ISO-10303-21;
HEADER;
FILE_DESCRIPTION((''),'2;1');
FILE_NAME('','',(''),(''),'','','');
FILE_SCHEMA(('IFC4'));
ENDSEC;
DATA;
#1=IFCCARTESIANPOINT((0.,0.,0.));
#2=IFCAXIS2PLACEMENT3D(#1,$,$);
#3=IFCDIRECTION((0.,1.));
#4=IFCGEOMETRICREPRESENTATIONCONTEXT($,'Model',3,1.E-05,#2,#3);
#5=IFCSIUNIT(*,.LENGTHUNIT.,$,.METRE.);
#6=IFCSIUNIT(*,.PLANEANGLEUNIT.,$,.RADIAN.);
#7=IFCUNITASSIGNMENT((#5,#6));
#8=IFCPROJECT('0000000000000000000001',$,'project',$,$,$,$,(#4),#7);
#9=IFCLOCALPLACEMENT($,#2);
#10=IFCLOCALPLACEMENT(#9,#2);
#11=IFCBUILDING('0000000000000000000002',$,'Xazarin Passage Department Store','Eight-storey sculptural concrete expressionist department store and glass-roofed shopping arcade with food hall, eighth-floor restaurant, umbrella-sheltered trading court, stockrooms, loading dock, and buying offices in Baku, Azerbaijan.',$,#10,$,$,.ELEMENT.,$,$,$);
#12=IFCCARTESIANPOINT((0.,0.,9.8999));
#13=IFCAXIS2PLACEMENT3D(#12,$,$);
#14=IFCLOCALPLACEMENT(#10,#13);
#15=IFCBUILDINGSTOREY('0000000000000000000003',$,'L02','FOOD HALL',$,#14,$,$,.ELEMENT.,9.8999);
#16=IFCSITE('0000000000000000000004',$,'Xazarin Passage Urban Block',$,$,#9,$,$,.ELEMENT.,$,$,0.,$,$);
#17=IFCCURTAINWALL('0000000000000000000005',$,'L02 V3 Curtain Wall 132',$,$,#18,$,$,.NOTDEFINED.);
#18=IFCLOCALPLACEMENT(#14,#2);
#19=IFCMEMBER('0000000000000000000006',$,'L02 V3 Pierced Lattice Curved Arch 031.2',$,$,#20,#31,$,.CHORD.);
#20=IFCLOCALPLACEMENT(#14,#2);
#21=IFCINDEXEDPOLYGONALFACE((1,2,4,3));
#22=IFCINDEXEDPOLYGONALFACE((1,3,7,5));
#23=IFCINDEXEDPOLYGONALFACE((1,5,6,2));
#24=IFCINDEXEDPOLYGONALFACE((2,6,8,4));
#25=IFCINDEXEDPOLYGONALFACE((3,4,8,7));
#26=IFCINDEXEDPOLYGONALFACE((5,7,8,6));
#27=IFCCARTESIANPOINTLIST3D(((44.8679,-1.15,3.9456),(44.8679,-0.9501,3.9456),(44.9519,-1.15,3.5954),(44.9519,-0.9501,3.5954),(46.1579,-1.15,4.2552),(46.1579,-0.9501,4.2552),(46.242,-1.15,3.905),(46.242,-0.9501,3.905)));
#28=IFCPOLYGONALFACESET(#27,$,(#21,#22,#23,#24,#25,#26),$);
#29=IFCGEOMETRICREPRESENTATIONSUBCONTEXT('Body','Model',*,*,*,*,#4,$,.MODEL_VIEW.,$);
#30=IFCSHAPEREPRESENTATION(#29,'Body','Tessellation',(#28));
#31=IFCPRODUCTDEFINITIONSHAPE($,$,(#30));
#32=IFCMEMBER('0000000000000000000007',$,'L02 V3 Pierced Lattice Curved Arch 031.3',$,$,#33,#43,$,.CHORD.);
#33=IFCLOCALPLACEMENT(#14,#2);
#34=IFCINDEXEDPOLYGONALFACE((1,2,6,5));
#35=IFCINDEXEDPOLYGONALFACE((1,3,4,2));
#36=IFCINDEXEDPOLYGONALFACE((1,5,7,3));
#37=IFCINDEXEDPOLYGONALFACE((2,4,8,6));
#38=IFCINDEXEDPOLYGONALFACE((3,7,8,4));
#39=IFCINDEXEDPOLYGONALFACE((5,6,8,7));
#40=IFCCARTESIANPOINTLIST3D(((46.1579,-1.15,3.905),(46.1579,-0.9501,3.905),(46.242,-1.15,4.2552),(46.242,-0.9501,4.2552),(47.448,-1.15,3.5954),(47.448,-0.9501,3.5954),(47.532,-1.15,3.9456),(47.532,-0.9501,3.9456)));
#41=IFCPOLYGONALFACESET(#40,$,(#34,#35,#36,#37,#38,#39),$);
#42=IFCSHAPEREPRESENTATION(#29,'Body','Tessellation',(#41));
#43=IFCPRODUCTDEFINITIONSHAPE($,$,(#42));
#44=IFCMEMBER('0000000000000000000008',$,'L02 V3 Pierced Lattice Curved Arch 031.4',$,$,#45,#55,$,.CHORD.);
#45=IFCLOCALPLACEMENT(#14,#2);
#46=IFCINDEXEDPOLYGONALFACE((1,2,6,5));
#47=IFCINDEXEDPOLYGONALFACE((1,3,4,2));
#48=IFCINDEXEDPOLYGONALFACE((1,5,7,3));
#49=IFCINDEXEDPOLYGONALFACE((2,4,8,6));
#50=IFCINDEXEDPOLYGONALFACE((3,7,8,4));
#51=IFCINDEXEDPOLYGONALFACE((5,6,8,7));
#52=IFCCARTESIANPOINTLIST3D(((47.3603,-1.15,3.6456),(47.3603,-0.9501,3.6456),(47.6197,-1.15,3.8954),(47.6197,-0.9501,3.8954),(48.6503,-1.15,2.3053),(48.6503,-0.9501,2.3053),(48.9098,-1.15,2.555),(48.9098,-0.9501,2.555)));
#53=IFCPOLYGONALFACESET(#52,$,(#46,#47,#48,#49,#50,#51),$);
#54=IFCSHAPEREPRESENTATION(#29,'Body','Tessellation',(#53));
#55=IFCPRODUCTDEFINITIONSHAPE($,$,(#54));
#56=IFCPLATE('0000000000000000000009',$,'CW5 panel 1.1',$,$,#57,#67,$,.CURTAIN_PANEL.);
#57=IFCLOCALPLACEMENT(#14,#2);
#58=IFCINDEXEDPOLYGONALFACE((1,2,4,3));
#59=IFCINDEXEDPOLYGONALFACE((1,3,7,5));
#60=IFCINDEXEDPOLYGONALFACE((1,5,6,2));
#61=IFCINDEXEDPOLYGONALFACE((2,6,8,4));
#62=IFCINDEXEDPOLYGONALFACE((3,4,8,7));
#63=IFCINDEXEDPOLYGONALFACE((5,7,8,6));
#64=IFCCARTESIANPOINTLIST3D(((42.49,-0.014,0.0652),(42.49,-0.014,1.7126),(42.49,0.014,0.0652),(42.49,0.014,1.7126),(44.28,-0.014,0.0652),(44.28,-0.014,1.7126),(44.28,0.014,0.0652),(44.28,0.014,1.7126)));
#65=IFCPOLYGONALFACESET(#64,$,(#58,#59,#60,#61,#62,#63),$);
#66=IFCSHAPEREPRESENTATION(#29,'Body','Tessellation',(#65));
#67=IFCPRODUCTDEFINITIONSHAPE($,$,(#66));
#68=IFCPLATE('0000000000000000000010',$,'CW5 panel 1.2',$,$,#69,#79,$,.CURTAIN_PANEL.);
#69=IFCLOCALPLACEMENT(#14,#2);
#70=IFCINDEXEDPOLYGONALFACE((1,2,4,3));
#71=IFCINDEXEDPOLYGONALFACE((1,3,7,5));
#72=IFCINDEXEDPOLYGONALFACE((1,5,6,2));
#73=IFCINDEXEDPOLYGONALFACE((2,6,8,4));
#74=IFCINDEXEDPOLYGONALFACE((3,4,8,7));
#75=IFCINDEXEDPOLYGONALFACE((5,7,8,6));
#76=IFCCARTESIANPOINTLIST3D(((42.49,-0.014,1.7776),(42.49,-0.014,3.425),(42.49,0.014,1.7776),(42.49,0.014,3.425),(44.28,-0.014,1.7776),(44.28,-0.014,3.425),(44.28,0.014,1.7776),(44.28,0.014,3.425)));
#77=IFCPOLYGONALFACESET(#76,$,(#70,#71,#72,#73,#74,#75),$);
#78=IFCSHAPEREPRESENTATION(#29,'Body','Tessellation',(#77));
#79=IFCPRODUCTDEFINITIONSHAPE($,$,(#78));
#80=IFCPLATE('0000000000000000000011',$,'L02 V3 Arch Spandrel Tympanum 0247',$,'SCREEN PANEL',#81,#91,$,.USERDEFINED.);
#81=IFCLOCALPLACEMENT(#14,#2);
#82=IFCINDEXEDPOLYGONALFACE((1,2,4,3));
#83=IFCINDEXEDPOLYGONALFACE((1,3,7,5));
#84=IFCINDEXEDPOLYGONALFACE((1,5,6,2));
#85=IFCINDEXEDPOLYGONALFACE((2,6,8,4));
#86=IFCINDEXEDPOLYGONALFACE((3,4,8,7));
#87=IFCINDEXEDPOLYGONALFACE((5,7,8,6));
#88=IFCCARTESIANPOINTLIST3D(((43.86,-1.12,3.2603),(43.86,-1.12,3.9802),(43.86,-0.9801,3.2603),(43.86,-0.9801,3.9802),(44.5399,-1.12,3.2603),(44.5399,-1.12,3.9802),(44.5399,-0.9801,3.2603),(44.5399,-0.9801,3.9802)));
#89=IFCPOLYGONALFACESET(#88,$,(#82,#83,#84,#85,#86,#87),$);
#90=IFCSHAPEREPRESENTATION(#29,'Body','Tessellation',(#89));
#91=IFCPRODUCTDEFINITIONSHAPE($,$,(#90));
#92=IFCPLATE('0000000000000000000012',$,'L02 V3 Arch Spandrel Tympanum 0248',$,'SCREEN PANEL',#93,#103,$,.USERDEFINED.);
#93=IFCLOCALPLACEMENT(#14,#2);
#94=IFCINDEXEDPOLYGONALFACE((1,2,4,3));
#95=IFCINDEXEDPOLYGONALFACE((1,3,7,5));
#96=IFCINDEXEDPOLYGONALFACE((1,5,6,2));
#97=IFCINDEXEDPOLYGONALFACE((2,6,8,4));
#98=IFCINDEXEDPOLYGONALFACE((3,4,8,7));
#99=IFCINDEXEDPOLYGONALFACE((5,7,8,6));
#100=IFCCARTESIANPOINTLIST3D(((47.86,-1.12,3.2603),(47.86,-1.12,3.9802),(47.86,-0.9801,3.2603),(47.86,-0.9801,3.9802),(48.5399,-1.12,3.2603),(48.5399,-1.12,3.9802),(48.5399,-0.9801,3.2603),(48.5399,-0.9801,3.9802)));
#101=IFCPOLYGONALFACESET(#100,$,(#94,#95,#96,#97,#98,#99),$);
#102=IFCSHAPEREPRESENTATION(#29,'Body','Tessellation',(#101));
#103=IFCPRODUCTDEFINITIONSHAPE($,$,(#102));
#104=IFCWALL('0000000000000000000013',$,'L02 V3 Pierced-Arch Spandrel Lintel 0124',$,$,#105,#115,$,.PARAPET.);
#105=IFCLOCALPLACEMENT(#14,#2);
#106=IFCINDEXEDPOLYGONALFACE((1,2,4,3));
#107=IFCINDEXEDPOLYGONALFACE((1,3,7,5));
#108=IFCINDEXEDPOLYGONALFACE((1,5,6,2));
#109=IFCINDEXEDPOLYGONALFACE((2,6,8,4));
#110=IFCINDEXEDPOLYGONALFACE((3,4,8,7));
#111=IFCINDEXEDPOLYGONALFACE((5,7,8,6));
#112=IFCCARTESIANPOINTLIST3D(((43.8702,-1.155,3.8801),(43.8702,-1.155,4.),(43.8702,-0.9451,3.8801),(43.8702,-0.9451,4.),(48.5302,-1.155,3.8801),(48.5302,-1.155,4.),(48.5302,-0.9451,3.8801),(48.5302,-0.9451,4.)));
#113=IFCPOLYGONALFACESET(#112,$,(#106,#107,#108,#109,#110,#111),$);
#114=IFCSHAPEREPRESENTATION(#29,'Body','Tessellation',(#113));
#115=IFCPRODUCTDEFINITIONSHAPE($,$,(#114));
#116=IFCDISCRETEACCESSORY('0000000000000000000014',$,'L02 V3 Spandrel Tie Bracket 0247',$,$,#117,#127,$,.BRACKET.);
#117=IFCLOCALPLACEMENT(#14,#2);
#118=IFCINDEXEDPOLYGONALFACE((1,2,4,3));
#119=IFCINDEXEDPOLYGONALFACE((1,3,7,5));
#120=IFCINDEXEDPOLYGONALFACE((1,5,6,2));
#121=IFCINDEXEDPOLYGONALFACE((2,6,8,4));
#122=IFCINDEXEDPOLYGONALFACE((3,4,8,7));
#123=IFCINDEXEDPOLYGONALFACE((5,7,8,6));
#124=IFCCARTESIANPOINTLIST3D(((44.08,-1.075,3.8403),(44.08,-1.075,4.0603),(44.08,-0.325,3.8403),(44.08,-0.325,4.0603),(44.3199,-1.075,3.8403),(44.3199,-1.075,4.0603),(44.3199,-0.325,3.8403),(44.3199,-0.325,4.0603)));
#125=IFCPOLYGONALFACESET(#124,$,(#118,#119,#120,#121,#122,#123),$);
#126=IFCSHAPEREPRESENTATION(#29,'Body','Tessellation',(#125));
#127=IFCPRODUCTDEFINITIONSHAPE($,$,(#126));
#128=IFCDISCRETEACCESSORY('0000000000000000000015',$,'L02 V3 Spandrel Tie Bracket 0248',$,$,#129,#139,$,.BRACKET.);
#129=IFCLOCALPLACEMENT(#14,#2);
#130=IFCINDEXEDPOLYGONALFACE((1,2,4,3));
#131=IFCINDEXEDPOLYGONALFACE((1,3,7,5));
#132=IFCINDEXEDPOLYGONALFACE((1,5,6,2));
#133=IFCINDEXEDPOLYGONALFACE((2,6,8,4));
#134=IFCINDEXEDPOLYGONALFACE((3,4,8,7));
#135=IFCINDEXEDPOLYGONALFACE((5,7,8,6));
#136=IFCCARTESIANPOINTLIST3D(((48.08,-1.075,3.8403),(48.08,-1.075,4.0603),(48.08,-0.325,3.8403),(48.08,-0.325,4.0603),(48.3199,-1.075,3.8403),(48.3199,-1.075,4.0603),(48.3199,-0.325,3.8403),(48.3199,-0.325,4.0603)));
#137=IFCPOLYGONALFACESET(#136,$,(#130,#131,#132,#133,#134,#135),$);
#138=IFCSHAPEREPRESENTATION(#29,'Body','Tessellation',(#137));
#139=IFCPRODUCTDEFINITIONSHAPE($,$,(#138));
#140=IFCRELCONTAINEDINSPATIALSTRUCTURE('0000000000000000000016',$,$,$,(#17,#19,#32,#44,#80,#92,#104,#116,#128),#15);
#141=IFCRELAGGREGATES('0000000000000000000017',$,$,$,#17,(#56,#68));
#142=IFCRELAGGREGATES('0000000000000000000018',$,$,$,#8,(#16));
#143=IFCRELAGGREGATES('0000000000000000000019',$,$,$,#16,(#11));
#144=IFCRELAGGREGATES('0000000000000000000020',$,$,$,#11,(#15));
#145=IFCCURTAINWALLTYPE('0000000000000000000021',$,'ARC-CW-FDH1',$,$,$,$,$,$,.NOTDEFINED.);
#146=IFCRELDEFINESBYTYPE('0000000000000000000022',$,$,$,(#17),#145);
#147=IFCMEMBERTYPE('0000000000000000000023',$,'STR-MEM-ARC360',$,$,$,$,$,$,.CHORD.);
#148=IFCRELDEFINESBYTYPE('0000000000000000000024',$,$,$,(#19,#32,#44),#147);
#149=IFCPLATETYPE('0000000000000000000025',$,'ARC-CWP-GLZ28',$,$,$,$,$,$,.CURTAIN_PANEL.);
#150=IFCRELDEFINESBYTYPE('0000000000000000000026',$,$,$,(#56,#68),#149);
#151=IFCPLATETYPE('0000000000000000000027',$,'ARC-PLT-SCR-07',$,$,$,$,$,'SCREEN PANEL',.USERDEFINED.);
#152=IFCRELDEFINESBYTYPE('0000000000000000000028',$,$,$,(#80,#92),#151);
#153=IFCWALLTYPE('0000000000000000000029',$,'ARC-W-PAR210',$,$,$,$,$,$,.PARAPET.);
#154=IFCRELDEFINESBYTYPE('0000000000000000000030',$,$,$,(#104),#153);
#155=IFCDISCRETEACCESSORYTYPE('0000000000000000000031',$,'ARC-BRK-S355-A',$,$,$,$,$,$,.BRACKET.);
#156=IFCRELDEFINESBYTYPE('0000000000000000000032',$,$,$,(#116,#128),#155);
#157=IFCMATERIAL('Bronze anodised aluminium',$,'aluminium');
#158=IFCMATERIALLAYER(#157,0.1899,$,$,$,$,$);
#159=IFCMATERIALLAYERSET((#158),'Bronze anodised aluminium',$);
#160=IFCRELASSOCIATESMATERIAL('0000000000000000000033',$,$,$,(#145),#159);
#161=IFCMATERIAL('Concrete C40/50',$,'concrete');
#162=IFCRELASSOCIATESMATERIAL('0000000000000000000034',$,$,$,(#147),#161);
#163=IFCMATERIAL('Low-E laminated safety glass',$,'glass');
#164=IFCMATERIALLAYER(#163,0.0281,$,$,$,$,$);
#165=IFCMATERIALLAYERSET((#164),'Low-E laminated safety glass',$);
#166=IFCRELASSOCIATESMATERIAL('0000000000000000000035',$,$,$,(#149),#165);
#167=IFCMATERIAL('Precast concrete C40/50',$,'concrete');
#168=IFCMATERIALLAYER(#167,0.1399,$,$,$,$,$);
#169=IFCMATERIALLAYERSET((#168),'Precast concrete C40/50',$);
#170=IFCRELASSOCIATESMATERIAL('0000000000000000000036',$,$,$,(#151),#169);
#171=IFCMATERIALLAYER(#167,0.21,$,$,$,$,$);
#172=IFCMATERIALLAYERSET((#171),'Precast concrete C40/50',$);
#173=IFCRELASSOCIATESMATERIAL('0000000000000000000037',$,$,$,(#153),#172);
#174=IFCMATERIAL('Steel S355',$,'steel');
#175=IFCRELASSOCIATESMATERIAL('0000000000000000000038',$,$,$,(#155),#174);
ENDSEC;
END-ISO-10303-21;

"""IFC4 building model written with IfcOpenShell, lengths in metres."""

from ifc_helpers import new_model, si_unit, direction, frame, frame_2d, origin, origin_2d, place, context, subcontext, project, spatial, rectangle, extrude, material, layer, layer_set, material_profile, profile_set, type_object, element, aggregate, save


model = new_model("IFC4")

# Units and contexts
model_context = context("Model", 3, precision=1e-05, world=origin(), true_north=direction((0.0, 1.0)))
body_context = subcontext(model_context, "Body", "Model", "MODEL_VIEW")
ifc_project = project(units=[si_unit("LENGTHUNIT", "METRE"), si_unit("PLANEANGLEUNIT", "RADIAN")], contexts=[model_context])

# Site, building, storey
site_placement = place(None, origin())
site = spatial("IfcSite", under=ifc_project, at=site_placement, Name="Xazarin Passage Urban Block", CompositionType="ELEMENT", RefElevation=0.0)
building_placement = place(site_placement, origin())
building = spatial("IfcBuilding", under=site, at=building_placement, Name="Xazarin Passage Department Store", Description="Eight-storey sculptural concrete expressionist department store and glass-roofed shopping arcade with food hall, eighth-floor restaurant, umbrella-sheltered trading court, stockrooms, loading dock, and buying offices in Baku, Azerbaijan.", CompositionType="ELEMENT")
storey_placement = place(building_placement, frame((0.0, 0.0, 9.8999)))
storey = spatial("IfcBuildingStorey", under=building, at=storey_placement, Name="L02", Description="FOOD HALL", CompositionType="ELEMENT", Elevation=9.8999)

# Shared definitions
ifc_material_1 = material(Name="Concrete C40/50", Category="concrete")

# Curtain wall
ifc_material_2 = material(Name="Bronze anodised aluminium", Category="aluminium")
ifc_layer_1 = layer(ifc_material_2, 0.1899)
ifc_layer_set_1 = layer_set([ifc_layer_1], Name="Bronze anodised aluminium")
curtain_wall_type = type_object("IfcCurtainWallType", Name="ARC-CW-FDH1", PredefinedType="NOTDEFINED", material=ifc_layer_set_1)
curtain_wall_placement = place(storey_placement, origin())
curtain_wall = element("IfcCurtainWall", 1, at=curtain_wall_placement, inside=storey, type_object=curtain_wall_type, Name="L02 V3 Curtain Wall 132", PredefinedType="NOTDEFINED")

# Members
ifc_material_profile_1 = material_profile(ifc_material_1, rectangle(XDim=0.2, YDim=0.3601, at=origin_2d()), Name="RC 200x360")
ifc_profile_set_1 = profile_set([ifc_material_profile_1], Name="Concrete C40/50")
member_type_1 = type_object("IfcMemberType", Name="STR-MEM-ARC360", PredefinedType="CHORD", material=ifc_profile_set_1)
for number, where, z_axis, x_axis, name in (
    (2, (44.9099, -1.05, 3.7705), (0.972394, 0.0, 0.233345), (0.0, 1.0, 0.0), "L02 V3 Pierced Lattice Curved Arch 031.2"),
    (3, (46.2, -1.05, 4.0801), (0.972394, 0.0, -0.233345), (0.0, 1.0, 0.0), "L02 V3 Pierced Lattice Curved Arch 031.3"),
):
    element("IfcMember", number, at=place(storey_placement, frame(where, z_axis=z_axis, x_axis=x_axis)), inside=storey, type_object=member_type_1, Name=name, PredefinedType="CHORD", context=body_context, shape_type="SweptSolid", body=[
        extrude(rectangle(XDim=0.2, YDim=0.3601, at=origin_2d()), origin(), (0.0, 0.0, 1.0), 1.3267),
    ])
member_1_placement = place(storey_placement, frame((47.49, -1.05, 3.7705), z_axis=(0.69346, 0.0, -0.720495), x_axis=(0.0, 1.0, 0.0)))
element("IfcMember", 4, at=member_1_placement, inside=storey, type_object=member_type_1, Name="L02 V3 Pierced Lattice Curved Arch 031.4", PredefinedType="CHORD", context=body_context, shape_type="SweptSolid", body=[
    extrude(rectangle(XDim=0.2, YDim=0.3601, at=origin_2d()), origin(), (0.0, 0.0, 1.0), 1.8604),
])

# Plates
ifc_material_3 = material(Name="Low-E laminated safety glass", Category="glass")
ifc_layer_2 = layer(ifc_material_3, 0.0281)
ifc_layer_set_2 = layer_set([ifc_layer_2], Name="Low-E laminated safety glass")
plate_type_1 = type_object("IfcPlateType", Name="ARC-CWP-GLZ28", PredefinedType="CURTAIN_PANEL", material=ifc_layer_set_2)
plate_1_placement = place(storey_placement, frame((43.385, 0.0, 0.0652), z_axis=(0.0, 0.0, 1.0), x_axis=(1.0, 0.0, 0.0)))
plate_1 = element("IfcPlate", 5, at=plate_1_placement, type_object=plate_type_1, Name="CW5 panel 1.1", PredefinedType="CURTAIN_PANEL", context=body_context, shape_type="SweptSolid", body=[
    extrude(rectangle(XDim=1.79, YDim=0.0281, at=origin_2d()), origin(), (0.0, 0.0, 1.0), 1.6475),
])
plate_2_placement = place(storey_placement, frame((43.385, 0.0, 1.7776), z_axis=(0.0, 0.0, 1.0), x_axis=(1.0, 0.0, 0.0)))
plate_2 = element("IfcPlate", 6, at=plate_2_placement, type_object=plate_type_1, Name="CW5 panel 1.2", PredefinedType="CURTAIN_PANEL", context=body_context, shape_type="SweptSolid", body=[
    extrude(rectangle(XDim=1.79, YDim=0.0281, at=origin_2d()), origin(), (0.0, 0.0, 1.0), 1.6475),
])
aggregate(curtain_wall, [plate_1, plate_2])

# Plates
ifc_material_4 = material(Name="Precast concrete C40/50", Category="concrete")
ifc_layer_3 = layer(ifc_material_4, 0.1399)
ifc_layer_set_3 = layer_set([ifc_layer_3], Name="Precast concrete C40/50")
plate_type_2 = type_object("IfcPlateType", Name="ARC-PLT-SCR-07", ElementType="SCREEN PANEL", PredefinedType="USERDEFINED", material=ifc_layer_set_3)
for number, where, z_axis, x_axis, name in (
    (7, (44.2, -1.05, 3.2603), (0.0, 0.0, 1.0), (1.0, 0.0, 0.0), "L02 V3 Arch Spandrel Tympanum 0247"),
    (8, (48.2, -1.05, 3.2603), (0.0, 0.0, 1.0), (1.0, 0.0, 0.0), "L02 V3 Arch Spandrel Tympanum 0248"),
):
    element("IfcPlate", number, at=place(storey_placement, frame(where, z_axis=z_axis, x_axis=x_axis)), inside=storey, type_object=plate_type_2, Name=name, ObjectType="SCREEN PANEL", PredefinedType="USERDEFINED", context=body_context, shape_type="SweptSolid", body=[
        extrude(rectangle(XDim=0.6799, YDim=0.1399, at=origin_2d()), origin(), (0.0, 0.0, 1.0), 0.72),
    ])

# Wall
ifc_layer_4 = layer(ifc_material_4, 0.21)
ifc_layer_set_4 = layer_set([ifc_layer_4], Name="Precast concrete C40/50")
wall_type = type_object("IfcWallType", Name="ARC-W-PAR210", PredefinedType="PARAPET", material=ifc_layer_set_4)
wall_placement = place(storey_placement, frame((43.8701, -1.05, 3.8801), z_axis=(0.0, 0.0, 1.0), x_axis=(1.0, 0.0, 0.0)))
element("IfcWall", 9, at=wall_placement, inside=storey, type_object=wall_type, Name="L02 V3 Pierced-Arch Spandrel Lintel 0124", PredefinedType="PARAPET", context=body_context, shape_type="SweptSolid", body=[
    extrude(rectangle(XDim=4.6599, YDim=0.21, at=frame_2d((2.3301, 0.0))), origin(), (0.0, 0.0, 1.0), 0.1199),
])

# Discrete accessories
ifc_material_5 = material(Name="Steel S355", Category="steel")
discrete_accessory_type = type_object("IfcDiscreteAccessoryType", Name="ARC-BRK-S355-A", PredefinedType="BRACKET", material=ifc_material_5)
for number, where, z_axis, x_axis, name in (
    (10, (44.2, -0.7, 3.8403), (0.0, 0.0, 1.0), (1.0, 0.0, 0.0), "L02 V3 Spandrel Tie Bracket 0247"),
    (11, (48.2, -0.7, 3.8403), (0.0, 0.0, 1.0), (1.0, 0.0, 0.0), "L02 V3 Spandrel Tie Bracket 0248"),
):
    element("IfcDiscreteAccessory", number, at=place(storey_placement, frame(where, z_axis=z_axis, x_axis=x_axis)), inside=storey, type_object=discrete_accessory_type, Name=name, PredefinedType="BRACKET", context=body_context, shape_type="SweptSolid", body=[
        extrude(rectangle(XDim=0.24, YDim=0.75, at=origin_2d()), origin(), (0.0, 0.0, 1.0), 0.22),
    ])

save(model, "model.ifc")
